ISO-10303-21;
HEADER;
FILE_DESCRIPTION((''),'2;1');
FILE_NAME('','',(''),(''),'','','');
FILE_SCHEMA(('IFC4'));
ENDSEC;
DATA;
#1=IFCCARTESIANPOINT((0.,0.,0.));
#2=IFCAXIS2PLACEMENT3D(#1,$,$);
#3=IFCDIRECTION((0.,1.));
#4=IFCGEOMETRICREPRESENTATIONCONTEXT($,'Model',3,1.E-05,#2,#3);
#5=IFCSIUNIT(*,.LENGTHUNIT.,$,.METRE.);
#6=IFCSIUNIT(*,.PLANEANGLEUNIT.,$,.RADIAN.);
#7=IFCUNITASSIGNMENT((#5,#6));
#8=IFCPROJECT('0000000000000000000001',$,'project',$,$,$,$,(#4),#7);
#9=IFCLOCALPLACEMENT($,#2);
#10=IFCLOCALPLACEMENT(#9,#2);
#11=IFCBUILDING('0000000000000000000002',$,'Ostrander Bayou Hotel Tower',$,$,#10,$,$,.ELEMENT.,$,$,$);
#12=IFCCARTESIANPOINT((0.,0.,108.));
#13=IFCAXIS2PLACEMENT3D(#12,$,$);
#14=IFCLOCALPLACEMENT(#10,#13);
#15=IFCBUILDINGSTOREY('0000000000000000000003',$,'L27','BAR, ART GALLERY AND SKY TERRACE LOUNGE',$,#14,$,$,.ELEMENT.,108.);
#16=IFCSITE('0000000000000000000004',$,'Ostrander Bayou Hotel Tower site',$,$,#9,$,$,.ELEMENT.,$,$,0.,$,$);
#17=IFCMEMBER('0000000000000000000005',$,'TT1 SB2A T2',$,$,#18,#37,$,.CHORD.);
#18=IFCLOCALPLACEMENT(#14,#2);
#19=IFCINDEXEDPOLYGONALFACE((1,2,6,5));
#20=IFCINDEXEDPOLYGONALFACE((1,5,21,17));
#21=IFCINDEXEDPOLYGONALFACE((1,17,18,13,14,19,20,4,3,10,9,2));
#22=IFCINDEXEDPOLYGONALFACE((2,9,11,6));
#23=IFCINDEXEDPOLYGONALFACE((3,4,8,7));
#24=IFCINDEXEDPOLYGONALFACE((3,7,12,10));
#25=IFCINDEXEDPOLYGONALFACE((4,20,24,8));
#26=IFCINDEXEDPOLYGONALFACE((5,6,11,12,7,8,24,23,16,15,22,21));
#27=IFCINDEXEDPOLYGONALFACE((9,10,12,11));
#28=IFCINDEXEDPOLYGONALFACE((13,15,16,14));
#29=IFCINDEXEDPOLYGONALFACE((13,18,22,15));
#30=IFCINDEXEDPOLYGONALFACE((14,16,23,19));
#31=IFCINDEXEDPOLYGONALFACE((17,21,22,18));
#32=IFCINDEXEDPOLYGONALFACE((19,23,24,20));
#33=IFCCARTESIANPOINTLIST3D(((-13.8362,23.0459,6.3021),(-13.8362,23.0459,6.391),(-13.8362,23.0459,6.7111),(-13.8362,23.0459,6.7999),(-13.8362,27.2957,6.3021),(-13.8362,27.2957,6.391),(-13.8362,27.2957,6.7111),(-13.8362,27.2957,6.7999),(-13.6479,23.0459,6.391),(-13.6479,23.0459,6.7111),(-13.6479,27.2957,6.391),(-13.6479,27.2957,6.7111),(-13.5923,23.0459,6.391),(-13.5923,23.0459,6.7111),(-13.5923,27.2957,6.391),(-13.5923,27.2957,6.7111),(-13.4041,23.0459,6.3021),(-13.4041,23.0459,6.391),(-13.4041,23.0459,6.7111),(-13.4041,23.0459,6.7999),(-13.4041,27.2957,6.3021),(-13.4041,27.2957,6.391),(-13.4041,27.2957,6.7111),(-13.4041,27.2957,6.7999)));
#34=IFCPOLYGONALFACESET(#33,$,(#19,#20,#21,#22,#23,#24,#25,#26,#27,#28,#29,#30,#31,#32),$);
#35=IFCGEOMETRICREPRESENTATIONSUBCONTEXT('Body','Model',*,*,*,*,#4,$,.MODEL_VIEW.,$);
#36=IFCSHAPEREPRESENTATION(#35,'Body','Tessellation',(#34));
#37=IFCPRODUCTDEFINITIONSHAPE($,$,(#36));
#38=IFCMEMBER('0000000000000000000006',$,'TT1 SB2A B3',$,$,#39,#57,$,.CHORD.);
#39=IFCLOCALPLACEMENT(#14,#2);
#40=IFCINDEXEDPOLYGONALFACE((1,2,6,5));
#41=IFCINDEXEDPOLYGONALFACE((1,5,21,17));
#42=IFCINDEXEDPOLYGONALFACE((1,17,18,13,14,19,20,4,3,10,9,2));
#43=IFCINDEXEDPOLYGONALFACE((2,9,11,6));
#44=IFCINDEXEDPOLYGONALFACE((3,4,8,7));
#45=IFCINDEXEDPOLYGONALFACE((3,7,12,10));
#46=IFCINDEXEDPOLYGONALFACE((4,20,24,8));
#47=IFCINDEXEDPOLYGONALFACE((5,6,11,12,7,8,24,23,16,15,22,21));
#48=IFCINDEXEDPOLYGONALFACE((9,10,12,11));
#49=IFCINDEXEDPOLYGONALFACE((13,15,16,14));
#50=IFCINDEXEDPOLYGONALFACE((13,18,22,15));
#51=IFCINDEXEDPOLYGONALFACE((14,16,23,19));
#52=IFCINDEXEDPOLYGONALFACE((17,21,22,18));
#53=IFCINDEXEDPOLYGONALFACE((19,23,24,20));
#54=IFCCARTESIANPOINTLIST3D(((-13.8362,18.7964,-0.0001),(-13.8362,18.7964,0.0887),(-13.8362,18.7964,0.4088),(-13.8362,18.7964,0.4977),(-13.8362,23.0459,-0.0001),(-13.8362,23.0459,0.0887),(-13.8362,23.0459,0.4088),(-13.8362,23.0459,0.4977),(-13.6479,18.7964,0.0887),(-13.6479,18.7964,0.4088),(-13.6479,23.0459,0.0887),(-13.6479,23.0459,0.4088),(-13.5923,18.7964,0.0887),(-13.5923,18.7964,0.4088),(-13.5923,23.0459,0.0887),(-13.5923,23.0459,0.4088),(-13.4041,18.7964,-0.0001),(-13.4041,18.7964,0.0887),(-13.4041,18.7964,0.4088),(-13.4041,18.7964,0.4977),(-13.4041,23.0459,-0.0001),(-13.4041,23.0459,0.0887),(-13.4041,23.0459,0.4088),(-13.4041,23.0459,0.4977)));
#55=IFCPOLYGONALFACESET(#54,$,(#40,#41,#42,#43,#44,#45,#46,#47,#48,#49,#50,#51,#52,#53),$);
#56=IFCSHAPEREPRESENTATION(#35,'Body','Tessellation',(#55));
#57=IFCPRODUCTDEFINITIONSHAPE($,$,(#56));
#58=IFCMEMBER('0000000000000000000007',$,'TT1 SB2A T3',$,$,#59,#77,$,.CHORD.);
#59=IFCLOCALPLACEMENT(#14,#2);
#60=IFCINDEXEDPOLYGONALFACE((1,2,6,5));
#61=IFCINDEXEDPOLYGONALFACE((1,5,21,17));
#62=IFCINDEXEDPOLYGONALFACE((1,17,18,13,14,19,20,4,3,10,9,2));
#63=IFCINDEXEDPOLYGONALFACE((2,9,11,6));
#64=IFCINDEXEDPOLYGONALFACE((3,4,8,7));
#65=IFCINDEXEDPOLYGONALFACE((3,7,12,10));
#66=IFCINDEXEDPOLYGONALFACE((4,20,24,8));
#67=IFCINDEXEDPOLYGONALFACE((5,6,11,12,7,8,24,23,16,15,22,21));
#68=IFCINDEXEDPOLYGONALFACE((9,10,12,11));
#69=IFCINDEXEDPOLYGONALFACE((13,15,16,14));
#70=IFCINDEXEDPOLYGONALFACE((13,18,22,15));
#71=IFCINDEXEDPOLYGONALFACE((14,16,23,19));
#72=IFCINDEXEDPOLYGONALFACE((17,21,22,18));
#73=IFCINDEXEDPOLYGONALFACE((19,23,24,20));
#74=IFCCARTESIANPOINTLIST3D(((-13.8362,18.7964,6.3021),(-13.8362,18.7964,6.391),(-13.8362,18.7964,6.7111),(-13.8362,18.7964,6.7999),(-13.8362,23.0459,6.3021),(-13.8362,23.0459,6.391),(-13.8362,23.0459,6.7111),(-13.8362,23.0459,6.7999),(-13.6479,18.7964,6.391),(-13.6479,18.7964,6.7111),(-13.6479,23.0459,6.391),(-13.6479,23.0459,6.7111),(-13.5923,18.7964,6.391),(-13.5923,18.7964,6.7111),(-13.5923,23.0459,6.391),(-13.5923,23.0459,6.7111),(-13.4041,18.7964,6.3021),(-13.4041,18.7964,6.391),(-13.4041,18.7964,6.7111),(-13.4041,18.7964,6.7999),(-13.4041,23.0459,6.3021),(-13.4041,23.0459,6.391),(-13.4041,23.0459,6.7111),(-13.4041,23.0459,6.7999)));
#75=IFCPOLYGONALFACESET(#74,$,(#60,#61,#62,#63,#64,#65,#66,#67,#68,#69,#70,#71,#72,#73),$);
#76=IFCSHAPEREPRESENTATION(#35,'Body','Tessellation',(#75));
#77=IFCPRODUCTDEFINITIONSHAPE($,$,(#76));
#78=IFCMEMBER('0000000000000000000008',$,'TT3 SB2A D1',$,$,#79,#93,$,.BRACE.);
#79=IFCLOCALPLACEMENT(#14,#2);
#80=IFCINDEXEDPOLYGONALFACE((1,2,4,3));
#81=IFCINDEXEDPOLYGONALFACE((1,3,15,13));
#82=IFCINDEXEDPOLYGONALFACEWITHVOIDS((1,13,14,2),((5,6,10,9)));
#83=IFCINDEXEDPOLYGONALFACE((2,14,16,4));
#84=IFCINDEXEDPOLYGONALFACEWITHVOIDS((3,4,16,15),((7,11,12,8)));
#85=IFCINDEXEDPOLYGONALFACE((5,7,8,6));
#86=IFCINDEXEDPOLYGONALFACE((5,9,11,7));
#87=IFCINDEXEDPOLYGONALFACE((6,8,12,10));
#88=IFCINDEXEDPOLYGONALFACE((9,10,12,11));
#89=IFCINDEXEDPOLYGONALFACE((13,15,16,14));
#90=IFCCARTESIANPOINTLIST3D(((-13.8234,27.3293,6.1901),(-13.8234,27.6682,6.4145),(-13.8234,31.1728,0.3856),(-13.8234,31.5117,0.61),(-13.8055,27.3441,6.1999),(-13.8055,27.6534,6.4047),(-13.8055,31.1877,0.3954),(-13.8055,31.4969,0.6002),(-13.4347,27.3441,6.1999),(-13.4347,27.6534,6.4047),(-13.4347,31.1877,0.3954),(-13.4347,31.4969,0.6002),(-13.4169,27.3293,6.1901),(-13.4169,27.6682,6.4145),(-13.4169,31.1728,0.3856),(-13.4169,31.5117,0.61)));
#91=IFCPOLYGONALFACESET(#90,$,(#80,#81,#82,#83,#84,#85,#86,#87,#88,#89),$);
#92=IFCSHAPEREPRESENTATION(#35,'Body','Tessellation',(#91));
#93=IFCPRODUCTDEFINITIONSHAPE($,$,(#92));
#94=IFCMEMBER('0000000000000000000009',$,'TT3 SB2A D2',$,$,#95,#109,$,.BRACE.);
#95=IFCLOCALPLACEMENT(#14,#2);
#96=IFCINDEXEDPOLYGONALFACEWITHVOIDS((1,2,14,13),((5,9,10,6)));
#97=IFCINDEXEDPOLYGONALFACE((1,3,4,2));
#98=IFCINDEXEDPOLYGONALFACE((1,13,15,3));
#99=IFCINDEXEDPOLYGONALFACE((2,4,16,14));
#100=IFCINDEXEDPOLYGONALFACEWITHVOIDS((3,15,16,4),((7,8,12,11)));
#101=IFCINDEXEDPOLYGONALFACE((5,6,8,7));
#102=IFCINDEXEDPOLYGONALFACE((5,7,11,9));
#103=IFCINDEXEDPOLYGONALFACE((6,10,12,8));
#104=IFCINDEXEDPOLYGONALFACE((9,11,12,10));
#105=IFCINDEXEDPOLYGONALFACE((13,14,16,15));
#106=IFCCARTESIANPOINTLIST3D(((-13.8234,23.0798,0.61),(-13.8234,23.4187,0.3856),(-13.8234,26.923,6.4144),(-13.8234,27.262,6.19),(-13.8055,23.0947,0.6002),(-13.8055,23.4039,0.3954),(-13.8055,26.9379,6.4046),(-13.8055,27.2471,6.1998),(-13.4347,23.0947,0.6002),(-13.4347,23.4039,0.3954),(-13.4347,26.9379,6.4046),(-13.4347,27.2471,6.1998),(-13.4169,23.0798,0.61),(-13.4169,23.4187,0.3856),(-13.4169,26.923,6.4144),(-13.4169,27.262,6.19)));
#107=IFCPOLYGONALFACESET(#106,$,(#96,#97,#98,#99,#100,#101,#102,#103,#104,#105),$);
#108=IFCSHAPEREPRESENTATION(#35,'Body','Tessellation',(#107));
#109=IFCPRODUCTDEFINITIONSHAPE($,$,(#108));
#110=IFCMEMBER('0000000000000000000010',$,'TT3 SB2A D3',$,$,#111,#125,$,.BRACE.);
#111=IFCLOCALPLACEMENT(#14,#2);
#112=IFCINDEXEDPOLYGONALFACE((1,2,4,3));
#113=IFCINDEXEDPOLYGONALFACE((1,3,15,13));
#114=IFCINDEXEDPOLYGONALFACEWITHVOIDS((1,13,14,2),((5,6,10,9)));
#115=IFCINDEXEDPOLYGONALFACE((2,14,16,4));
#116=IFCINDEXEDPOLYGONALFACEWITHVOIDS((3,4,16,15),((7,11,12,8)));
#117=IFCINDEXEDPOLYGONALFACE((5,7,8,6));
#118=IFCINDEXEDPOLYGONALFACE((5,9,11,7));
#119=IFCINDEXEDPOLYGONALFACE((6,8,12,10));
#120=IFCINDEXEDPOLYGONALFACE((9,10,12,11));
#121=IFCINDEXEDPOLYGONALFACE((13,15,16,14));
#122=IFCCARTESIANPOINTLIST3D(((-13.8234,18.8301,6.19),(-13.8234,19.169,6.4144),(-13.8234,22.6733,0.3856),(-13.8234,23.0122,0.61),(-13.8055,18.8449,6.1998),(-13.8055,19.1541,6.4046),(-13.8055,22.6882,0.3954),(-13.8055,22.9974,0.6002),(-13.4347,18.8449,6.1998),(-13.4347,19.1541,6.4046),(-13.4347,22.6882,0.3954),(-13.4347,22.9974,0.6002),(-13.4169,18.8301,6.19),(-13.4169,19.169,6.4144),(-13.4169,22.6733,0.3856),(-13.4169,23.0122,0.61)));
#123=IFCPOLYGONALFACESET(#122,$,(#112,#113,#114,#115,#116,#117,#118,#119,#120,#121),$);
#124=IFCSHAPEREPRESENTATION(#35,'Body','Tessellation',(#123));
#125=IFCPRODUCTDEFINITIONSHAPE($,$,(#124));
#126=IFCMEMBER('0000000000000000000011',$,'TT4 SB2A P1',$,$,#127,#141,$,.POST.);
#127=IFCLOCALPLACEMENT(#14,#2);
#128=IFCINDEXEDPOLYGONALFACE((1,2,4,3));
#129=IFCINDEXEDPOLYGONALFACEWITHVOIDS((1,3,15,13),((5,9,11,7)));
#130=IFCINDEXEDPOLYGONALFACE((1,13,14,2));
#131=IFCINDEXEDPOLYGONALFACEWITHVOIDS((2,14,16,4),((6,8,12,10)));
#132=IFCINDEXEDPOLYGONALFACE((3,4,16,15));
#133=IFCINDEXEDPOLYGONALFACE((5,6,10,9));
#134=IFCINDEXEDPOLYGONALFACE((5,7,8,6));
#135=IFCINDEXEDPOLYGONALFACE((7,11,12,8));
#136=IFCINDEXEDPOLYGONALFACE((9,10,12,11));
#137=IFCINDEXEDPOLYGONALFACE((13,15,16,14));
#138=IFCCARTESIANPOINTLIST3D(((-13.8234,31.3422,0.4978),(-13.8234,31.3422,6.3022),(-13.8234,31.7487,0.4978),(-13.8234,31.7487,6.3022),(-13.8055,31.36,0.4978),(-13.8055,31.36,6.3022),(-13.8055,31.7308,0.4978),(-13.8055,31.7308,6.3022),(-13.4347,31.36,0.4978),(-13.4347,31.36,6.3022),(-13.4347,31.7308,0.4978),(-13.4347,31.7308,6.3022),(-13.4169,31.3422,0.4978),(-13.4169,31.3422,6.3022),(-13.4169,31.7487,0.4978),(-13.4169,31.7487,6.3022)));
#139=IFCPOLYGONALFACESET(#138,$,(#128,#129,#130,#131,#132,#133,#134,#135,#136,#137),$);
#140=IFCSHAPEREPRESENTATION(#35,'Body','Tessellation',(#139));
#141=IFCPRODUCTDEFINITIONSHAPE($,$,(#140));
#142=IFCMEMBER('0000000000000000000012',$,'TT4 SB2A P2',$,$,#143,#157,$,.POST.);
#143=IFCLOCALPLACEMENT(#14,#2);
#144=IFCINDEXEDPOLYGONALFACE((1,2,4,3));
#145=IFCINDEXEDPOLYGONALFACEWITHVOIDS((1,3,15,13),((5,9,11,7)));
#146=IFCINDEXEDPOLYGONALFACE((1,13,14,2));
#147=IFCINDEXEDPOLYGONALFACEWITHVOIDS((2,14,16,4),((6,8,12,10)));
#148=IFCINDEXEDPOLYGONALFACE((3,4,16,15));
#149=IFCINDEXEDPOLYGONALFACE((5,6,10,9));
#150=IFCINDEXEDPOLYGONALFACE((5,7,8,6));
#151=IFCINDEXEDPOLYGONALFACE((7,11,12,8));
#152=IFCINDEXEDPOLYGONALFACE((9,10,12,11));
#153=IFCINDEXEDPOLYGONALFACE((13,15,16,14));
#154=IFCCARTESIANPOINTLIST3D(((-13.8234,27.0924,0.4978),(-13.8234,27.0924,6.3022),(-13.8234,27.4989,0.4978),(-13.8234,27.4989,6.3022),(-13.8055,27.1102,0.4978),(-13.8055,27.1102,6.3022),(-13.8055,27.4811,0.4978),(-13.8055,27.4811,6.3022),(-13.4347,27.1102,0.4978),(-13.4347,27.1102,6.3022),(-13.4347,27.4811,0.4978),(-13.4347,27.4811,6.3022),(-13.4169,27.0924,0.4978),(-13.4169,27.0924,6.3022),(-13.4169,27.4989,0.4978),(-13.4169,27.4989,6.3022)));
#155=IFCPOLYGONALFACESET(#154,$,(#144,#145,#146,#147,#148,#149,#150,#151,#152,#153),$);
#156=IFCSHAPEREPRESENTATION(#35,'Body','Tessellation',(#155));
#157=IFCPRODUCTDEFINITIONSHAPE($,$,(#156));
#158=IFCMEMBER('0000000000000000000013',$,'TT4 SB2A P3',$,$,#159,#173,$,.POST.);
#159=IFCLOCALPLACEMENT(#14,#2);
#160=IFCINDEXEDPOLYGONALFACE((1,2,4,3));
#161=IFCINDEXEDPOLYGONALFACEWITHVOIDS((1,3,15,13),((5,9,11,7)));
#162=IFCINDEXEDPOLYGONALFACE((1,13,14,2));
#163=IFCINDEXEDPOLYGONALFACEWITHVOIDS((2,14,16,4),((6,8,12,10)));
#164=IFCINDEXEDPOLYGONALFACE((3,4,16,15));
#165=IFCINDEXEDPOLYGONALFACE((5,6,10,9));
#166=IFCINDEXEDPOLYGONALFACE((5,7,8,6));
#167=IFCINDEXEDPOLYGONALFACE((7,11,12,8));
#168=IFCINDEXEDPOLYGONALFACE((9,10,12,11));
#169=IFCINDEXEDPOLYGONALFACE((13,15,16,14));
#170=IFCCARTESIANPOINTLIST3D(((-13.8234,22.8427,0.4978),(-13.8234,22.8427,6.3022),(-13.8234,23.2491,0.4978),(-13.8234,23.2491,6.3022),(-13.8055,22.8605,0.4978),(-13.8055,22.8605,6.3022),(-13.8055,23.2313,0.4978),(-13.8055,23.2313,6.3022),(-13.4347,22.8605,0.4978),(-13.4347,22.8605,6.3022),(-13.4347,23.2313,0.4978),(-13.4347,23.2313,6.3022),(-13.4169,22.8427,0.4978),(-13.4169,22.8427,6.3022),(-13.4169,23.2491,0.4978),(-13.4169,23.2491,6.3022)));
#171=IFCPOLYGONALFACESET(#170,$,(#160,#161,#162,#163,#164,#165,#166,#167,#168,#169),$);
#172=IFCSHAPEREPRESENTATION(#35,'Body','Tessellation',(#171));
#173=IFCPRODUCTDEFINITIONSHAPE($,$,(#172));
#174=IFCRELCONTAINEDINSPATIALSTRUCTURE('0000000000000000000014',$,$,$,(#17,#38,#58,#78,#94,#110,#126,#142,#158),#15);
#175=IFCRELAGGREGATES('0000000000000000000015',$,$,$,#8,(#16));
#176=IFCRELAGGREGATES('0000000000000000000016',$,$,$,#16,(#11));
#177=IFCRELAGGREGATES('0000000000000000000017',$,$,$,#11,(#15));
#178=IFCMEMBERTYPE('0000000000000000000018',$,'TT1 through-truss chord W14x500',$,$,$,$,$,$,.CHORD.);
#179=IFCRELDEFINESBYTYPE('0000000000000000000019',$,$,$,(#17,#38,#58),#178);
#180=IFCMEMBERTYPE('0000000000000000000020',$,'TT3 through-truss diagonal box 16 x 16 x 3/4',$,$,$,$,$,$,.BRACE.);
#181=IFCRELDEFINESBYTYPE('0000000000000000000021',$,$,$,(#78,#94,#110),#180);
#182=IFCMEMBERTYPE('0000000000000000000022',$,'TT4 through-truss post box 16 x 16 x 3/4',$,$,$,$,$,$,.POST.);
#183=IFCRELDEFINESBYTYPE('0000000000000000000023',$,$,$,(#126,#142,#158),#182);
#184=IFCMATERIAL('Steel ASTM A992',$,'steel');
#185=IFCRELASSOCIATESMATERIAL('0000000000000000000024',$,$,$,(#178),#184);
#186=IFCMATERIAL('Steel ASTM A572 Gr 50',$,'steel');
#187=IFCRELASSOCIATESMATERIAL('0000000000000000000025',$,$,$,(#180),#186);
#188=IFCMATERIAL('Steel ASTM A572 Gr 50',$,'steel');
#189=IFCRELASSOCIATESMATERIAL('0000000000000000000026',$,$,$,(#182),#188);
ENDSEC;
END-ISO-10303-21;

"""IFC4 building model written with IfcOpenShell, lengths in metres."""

from ifc_helpers import new_model, si_unit, direction, frame, origin, origin_2d, place, context, subcontext, project, spatial, hollow_rectangle, i_section, extrude, material, material_profile, profile_set, type_object, element, save


model = new_model("IFC4")

# Units and contexts
model_context = context("Model", 3, precision=1e-05, world=origin(), true_north=direction((0.0, 1.0)))
body_context = subcontext(model_context, "Body", "Model", "MODEL_VIEW")
ifc_project = project(units=[si_unit("LENGTHUNIT", "METRE"), si_unit("PLANEANGLEUNIT", "RADIAN")], contexts=[model_context])

# Site, building, storey
site_placement = place(None, origin())
site = spatial("IfcSite", under=ifc_project, at=site_placement, Name="Ostrander Bayou Hotel Tower site", CompositionType="ELEMENT", RefElevation=0.0)
building_placement = place(site_placement, origin())
building = spatial("IfcBuilding", under=site, at=building_placement, Name="Ostrander Bayou Hotel Tower", CompositionType="ELEMENT")
storey_placement = place(building_placement, frame((0.0, 0.0, 108.0)))
storey = spatial("IfcBuildingStorey", under=building, at=storey_placement, Name="L27", Description="BAR, ART GALLERY AND SKY TERRACE LOUNGE", CompositionType="ELEMENT", Elevation=108.0)

# Members
ifc_material_1 = material(Name="Steel ASTM A992", Category="steel")
ifc_material_profile_1 = material_profile(ifc_material_1, i_section(OverallWidth=0.4321, OverallDepth=0.4978, WebThickness=0.0557, FlangeThickness=0.0889, at=origin_2d()))
ifc_profile_set_1 = profile_set([ifc_material_profile_1], Name="Steel ASTM A992")
member_type_1 = type_object("IfcMemberType", Name="TT1 through-truss chord W14x500", PredefinedType="CHORD", material=ifc_profile_set_1)
for number, where, z_axis, x_axis, name in (
    (1, (-13.6201, 27.2957, 6.551), (0.0, -1.0, 0.0), (1.0, 0.0, 0.0), "TT1 SB2A T2"),
):
    element("IfcMember", number, at=place(storey_placement, frame(where, z_axis=z_axis, x_axis=x_axis)), inside=storey, type_object=member_type_1, Name=name, PredefinedType="CHORD", context=body_context, shape_type="SweptSolid", body=[
        extrude(i_section(OverallWidth=0.4321, OverallDepth=0.4978, WebThickness=0.0557, FlangeThickness=0.0889, at=origin_2d()), origin(), (0.0, 0.0, 1.0), 4.2498),
    ])
for number, where, z_axis, x_axis, name in (
    (2, (-13.6201, 23.0459, 0.2488), (0.0, -1.0, 0.0), (1.0, 0.0, 0.0), "TT1 SB2A B3"),
    (3, (-13.6201, 23.0459, 6.551), (0.0, -1.0, 0.0), (1.0, 0.0, 0.0), "TT1 SB2A T3"),
):
    element("IfcMember", number, at=place(storey_placement, frame(where, z_axis=z_axis, x_axis=x_axis)), inside=storey, type_object=member_type_1, Name=name, PredefinedType="CHORD", context=body_context, shape_type="SweptSolid", body=[
        extrude(i_section(OverallWidth=0.4321, OverallDepth=0.4978, WebThickness=0.0557, FlangeThickness=0.0889, at=origin_2d()), origin(), (0.0, 0.0, 1.0), 4.2495),
    ])
ifc_material_2 = material(Name="Steel ASTM A572 Gr 50", Category="steel")
ifc_material_profile_2 = material_profile(ifc_material_2, hollow_rectangle(XDim=0.4065, YDim=0.4065, WallThickness=0.0178, at=origin_2d()))
ifc_profile_set_2 = profile_set([ifc_material_profile_2], Name="Steel ASTM A572 Gr 50")
member_type_2 = type_object("IfcMemberType", Name="TT3 through-truss diagonal box 16 x 16 x 3/4", PredefinedType="BRACE", material=ifc_profile_set_2)
member_placement = place(storey_placement, frame((-13.6201, 31.3423, 0.4978), z_axis=(0.0, -0.5521, 0.833778), x_axis=(1.0, 0.0, 0.0)))
element("IfcMember", 4, at=member_placement, inside=storey, type_object=member_type_2, Name="TT3 SB2A D1", PredefinedType="BRACE", context=body_context, shape_type="SweptSolid", body=[
    extrude(hollow_rectangle(XDim=0.4065, YDim=0.4065, WallThickness=0.0178, at=origin_2d()), origin(), (0.0, 0.0, 1.0), 6.9617),
])
for number, where, z_axis, x_axis, name in (
    (5, (-13.6201, 23.2493, 0.4978), (0.0, 0.552075, 0.833794), (-1.0, 0.0, 0.0), "TT3 SB2A D2"),
    (6, (-13.6201, 22.8428, 0.4978), (0.0, -0.552075, 0.833794), (1.0, 0.0, 0.0), "TT3 SB2A D3"),
):
    element("IfcMember", number, at=place(storey_placement, frame(where, z_axis=z_axis, x_axis=x_axis)), inside=storey, type_object=member_type_2, Name=name, PredefinedType="BRACE", context=body_context, shape_type="SweptSolid", body=[
        extrude(hollow_rectangle(XDim=0.4065, YDim=0.4065, WallThickness=0.0178, at=origin_2d()), origin(), (0.0, 0.0, 1.0), 6.9614),
    ])
ifc_material_3 = material(Name="Steel ASTM A572 Gr 50", Category="steel")
ifc_material_profile_3 = material_profile(ifc_material_3, hollow_rectangle(XDim=0.4065, YDim=0.4065, WallThickness=0.0178, at=origin_2d()))
ifc_profile_set_3 = profile_set([ifc_material_profile_3], Name="Steel ASTM A572 Gr 50")
member_type_3 = type_object("IfcMemberType", Name="TT4 through-truss post box 16 x 16 x 3/4", PredefinedType="POST", material=ifc_profile_set_3)
for number, where, z_axis, x_axis, name in (
    (7, (-13.6201, 31.5454, 0.4978), (0.0, 0.0, 1.0), (1.0, 0.0, 0.0), "TT4 SB2A P1"),
    (8, (-13.6201, 27.2957, 0.4978), (0.0, 0.0, 1.0), (1.0, 0.0, 0.0), "TT4 SB2A P2"),
    (9, (-13.6201, 23.0459, 0.4978), (0.0, 0.0, 1.0), (1.0, 0.0, 0.0), "TT4 SB2A P3"),
):
    element("IfcMember", number, at=place(storey_placement, frame(where, z_axis=z_axis, x_axis=x_axis)), inside=storey, type_object=member_type_3, Name=name, PredefinedType="POST", context=body_context, shape_type="SweptSolid", body=[
        extrude(hollow_rectangle(XDim=0.4065, YDim=0.4065, WallThickness=0.0178, at=origin_2d()), origin(), (0.0, 0.0, 1.0), 5.8044),
    ])

save(model, "model.ifc")
